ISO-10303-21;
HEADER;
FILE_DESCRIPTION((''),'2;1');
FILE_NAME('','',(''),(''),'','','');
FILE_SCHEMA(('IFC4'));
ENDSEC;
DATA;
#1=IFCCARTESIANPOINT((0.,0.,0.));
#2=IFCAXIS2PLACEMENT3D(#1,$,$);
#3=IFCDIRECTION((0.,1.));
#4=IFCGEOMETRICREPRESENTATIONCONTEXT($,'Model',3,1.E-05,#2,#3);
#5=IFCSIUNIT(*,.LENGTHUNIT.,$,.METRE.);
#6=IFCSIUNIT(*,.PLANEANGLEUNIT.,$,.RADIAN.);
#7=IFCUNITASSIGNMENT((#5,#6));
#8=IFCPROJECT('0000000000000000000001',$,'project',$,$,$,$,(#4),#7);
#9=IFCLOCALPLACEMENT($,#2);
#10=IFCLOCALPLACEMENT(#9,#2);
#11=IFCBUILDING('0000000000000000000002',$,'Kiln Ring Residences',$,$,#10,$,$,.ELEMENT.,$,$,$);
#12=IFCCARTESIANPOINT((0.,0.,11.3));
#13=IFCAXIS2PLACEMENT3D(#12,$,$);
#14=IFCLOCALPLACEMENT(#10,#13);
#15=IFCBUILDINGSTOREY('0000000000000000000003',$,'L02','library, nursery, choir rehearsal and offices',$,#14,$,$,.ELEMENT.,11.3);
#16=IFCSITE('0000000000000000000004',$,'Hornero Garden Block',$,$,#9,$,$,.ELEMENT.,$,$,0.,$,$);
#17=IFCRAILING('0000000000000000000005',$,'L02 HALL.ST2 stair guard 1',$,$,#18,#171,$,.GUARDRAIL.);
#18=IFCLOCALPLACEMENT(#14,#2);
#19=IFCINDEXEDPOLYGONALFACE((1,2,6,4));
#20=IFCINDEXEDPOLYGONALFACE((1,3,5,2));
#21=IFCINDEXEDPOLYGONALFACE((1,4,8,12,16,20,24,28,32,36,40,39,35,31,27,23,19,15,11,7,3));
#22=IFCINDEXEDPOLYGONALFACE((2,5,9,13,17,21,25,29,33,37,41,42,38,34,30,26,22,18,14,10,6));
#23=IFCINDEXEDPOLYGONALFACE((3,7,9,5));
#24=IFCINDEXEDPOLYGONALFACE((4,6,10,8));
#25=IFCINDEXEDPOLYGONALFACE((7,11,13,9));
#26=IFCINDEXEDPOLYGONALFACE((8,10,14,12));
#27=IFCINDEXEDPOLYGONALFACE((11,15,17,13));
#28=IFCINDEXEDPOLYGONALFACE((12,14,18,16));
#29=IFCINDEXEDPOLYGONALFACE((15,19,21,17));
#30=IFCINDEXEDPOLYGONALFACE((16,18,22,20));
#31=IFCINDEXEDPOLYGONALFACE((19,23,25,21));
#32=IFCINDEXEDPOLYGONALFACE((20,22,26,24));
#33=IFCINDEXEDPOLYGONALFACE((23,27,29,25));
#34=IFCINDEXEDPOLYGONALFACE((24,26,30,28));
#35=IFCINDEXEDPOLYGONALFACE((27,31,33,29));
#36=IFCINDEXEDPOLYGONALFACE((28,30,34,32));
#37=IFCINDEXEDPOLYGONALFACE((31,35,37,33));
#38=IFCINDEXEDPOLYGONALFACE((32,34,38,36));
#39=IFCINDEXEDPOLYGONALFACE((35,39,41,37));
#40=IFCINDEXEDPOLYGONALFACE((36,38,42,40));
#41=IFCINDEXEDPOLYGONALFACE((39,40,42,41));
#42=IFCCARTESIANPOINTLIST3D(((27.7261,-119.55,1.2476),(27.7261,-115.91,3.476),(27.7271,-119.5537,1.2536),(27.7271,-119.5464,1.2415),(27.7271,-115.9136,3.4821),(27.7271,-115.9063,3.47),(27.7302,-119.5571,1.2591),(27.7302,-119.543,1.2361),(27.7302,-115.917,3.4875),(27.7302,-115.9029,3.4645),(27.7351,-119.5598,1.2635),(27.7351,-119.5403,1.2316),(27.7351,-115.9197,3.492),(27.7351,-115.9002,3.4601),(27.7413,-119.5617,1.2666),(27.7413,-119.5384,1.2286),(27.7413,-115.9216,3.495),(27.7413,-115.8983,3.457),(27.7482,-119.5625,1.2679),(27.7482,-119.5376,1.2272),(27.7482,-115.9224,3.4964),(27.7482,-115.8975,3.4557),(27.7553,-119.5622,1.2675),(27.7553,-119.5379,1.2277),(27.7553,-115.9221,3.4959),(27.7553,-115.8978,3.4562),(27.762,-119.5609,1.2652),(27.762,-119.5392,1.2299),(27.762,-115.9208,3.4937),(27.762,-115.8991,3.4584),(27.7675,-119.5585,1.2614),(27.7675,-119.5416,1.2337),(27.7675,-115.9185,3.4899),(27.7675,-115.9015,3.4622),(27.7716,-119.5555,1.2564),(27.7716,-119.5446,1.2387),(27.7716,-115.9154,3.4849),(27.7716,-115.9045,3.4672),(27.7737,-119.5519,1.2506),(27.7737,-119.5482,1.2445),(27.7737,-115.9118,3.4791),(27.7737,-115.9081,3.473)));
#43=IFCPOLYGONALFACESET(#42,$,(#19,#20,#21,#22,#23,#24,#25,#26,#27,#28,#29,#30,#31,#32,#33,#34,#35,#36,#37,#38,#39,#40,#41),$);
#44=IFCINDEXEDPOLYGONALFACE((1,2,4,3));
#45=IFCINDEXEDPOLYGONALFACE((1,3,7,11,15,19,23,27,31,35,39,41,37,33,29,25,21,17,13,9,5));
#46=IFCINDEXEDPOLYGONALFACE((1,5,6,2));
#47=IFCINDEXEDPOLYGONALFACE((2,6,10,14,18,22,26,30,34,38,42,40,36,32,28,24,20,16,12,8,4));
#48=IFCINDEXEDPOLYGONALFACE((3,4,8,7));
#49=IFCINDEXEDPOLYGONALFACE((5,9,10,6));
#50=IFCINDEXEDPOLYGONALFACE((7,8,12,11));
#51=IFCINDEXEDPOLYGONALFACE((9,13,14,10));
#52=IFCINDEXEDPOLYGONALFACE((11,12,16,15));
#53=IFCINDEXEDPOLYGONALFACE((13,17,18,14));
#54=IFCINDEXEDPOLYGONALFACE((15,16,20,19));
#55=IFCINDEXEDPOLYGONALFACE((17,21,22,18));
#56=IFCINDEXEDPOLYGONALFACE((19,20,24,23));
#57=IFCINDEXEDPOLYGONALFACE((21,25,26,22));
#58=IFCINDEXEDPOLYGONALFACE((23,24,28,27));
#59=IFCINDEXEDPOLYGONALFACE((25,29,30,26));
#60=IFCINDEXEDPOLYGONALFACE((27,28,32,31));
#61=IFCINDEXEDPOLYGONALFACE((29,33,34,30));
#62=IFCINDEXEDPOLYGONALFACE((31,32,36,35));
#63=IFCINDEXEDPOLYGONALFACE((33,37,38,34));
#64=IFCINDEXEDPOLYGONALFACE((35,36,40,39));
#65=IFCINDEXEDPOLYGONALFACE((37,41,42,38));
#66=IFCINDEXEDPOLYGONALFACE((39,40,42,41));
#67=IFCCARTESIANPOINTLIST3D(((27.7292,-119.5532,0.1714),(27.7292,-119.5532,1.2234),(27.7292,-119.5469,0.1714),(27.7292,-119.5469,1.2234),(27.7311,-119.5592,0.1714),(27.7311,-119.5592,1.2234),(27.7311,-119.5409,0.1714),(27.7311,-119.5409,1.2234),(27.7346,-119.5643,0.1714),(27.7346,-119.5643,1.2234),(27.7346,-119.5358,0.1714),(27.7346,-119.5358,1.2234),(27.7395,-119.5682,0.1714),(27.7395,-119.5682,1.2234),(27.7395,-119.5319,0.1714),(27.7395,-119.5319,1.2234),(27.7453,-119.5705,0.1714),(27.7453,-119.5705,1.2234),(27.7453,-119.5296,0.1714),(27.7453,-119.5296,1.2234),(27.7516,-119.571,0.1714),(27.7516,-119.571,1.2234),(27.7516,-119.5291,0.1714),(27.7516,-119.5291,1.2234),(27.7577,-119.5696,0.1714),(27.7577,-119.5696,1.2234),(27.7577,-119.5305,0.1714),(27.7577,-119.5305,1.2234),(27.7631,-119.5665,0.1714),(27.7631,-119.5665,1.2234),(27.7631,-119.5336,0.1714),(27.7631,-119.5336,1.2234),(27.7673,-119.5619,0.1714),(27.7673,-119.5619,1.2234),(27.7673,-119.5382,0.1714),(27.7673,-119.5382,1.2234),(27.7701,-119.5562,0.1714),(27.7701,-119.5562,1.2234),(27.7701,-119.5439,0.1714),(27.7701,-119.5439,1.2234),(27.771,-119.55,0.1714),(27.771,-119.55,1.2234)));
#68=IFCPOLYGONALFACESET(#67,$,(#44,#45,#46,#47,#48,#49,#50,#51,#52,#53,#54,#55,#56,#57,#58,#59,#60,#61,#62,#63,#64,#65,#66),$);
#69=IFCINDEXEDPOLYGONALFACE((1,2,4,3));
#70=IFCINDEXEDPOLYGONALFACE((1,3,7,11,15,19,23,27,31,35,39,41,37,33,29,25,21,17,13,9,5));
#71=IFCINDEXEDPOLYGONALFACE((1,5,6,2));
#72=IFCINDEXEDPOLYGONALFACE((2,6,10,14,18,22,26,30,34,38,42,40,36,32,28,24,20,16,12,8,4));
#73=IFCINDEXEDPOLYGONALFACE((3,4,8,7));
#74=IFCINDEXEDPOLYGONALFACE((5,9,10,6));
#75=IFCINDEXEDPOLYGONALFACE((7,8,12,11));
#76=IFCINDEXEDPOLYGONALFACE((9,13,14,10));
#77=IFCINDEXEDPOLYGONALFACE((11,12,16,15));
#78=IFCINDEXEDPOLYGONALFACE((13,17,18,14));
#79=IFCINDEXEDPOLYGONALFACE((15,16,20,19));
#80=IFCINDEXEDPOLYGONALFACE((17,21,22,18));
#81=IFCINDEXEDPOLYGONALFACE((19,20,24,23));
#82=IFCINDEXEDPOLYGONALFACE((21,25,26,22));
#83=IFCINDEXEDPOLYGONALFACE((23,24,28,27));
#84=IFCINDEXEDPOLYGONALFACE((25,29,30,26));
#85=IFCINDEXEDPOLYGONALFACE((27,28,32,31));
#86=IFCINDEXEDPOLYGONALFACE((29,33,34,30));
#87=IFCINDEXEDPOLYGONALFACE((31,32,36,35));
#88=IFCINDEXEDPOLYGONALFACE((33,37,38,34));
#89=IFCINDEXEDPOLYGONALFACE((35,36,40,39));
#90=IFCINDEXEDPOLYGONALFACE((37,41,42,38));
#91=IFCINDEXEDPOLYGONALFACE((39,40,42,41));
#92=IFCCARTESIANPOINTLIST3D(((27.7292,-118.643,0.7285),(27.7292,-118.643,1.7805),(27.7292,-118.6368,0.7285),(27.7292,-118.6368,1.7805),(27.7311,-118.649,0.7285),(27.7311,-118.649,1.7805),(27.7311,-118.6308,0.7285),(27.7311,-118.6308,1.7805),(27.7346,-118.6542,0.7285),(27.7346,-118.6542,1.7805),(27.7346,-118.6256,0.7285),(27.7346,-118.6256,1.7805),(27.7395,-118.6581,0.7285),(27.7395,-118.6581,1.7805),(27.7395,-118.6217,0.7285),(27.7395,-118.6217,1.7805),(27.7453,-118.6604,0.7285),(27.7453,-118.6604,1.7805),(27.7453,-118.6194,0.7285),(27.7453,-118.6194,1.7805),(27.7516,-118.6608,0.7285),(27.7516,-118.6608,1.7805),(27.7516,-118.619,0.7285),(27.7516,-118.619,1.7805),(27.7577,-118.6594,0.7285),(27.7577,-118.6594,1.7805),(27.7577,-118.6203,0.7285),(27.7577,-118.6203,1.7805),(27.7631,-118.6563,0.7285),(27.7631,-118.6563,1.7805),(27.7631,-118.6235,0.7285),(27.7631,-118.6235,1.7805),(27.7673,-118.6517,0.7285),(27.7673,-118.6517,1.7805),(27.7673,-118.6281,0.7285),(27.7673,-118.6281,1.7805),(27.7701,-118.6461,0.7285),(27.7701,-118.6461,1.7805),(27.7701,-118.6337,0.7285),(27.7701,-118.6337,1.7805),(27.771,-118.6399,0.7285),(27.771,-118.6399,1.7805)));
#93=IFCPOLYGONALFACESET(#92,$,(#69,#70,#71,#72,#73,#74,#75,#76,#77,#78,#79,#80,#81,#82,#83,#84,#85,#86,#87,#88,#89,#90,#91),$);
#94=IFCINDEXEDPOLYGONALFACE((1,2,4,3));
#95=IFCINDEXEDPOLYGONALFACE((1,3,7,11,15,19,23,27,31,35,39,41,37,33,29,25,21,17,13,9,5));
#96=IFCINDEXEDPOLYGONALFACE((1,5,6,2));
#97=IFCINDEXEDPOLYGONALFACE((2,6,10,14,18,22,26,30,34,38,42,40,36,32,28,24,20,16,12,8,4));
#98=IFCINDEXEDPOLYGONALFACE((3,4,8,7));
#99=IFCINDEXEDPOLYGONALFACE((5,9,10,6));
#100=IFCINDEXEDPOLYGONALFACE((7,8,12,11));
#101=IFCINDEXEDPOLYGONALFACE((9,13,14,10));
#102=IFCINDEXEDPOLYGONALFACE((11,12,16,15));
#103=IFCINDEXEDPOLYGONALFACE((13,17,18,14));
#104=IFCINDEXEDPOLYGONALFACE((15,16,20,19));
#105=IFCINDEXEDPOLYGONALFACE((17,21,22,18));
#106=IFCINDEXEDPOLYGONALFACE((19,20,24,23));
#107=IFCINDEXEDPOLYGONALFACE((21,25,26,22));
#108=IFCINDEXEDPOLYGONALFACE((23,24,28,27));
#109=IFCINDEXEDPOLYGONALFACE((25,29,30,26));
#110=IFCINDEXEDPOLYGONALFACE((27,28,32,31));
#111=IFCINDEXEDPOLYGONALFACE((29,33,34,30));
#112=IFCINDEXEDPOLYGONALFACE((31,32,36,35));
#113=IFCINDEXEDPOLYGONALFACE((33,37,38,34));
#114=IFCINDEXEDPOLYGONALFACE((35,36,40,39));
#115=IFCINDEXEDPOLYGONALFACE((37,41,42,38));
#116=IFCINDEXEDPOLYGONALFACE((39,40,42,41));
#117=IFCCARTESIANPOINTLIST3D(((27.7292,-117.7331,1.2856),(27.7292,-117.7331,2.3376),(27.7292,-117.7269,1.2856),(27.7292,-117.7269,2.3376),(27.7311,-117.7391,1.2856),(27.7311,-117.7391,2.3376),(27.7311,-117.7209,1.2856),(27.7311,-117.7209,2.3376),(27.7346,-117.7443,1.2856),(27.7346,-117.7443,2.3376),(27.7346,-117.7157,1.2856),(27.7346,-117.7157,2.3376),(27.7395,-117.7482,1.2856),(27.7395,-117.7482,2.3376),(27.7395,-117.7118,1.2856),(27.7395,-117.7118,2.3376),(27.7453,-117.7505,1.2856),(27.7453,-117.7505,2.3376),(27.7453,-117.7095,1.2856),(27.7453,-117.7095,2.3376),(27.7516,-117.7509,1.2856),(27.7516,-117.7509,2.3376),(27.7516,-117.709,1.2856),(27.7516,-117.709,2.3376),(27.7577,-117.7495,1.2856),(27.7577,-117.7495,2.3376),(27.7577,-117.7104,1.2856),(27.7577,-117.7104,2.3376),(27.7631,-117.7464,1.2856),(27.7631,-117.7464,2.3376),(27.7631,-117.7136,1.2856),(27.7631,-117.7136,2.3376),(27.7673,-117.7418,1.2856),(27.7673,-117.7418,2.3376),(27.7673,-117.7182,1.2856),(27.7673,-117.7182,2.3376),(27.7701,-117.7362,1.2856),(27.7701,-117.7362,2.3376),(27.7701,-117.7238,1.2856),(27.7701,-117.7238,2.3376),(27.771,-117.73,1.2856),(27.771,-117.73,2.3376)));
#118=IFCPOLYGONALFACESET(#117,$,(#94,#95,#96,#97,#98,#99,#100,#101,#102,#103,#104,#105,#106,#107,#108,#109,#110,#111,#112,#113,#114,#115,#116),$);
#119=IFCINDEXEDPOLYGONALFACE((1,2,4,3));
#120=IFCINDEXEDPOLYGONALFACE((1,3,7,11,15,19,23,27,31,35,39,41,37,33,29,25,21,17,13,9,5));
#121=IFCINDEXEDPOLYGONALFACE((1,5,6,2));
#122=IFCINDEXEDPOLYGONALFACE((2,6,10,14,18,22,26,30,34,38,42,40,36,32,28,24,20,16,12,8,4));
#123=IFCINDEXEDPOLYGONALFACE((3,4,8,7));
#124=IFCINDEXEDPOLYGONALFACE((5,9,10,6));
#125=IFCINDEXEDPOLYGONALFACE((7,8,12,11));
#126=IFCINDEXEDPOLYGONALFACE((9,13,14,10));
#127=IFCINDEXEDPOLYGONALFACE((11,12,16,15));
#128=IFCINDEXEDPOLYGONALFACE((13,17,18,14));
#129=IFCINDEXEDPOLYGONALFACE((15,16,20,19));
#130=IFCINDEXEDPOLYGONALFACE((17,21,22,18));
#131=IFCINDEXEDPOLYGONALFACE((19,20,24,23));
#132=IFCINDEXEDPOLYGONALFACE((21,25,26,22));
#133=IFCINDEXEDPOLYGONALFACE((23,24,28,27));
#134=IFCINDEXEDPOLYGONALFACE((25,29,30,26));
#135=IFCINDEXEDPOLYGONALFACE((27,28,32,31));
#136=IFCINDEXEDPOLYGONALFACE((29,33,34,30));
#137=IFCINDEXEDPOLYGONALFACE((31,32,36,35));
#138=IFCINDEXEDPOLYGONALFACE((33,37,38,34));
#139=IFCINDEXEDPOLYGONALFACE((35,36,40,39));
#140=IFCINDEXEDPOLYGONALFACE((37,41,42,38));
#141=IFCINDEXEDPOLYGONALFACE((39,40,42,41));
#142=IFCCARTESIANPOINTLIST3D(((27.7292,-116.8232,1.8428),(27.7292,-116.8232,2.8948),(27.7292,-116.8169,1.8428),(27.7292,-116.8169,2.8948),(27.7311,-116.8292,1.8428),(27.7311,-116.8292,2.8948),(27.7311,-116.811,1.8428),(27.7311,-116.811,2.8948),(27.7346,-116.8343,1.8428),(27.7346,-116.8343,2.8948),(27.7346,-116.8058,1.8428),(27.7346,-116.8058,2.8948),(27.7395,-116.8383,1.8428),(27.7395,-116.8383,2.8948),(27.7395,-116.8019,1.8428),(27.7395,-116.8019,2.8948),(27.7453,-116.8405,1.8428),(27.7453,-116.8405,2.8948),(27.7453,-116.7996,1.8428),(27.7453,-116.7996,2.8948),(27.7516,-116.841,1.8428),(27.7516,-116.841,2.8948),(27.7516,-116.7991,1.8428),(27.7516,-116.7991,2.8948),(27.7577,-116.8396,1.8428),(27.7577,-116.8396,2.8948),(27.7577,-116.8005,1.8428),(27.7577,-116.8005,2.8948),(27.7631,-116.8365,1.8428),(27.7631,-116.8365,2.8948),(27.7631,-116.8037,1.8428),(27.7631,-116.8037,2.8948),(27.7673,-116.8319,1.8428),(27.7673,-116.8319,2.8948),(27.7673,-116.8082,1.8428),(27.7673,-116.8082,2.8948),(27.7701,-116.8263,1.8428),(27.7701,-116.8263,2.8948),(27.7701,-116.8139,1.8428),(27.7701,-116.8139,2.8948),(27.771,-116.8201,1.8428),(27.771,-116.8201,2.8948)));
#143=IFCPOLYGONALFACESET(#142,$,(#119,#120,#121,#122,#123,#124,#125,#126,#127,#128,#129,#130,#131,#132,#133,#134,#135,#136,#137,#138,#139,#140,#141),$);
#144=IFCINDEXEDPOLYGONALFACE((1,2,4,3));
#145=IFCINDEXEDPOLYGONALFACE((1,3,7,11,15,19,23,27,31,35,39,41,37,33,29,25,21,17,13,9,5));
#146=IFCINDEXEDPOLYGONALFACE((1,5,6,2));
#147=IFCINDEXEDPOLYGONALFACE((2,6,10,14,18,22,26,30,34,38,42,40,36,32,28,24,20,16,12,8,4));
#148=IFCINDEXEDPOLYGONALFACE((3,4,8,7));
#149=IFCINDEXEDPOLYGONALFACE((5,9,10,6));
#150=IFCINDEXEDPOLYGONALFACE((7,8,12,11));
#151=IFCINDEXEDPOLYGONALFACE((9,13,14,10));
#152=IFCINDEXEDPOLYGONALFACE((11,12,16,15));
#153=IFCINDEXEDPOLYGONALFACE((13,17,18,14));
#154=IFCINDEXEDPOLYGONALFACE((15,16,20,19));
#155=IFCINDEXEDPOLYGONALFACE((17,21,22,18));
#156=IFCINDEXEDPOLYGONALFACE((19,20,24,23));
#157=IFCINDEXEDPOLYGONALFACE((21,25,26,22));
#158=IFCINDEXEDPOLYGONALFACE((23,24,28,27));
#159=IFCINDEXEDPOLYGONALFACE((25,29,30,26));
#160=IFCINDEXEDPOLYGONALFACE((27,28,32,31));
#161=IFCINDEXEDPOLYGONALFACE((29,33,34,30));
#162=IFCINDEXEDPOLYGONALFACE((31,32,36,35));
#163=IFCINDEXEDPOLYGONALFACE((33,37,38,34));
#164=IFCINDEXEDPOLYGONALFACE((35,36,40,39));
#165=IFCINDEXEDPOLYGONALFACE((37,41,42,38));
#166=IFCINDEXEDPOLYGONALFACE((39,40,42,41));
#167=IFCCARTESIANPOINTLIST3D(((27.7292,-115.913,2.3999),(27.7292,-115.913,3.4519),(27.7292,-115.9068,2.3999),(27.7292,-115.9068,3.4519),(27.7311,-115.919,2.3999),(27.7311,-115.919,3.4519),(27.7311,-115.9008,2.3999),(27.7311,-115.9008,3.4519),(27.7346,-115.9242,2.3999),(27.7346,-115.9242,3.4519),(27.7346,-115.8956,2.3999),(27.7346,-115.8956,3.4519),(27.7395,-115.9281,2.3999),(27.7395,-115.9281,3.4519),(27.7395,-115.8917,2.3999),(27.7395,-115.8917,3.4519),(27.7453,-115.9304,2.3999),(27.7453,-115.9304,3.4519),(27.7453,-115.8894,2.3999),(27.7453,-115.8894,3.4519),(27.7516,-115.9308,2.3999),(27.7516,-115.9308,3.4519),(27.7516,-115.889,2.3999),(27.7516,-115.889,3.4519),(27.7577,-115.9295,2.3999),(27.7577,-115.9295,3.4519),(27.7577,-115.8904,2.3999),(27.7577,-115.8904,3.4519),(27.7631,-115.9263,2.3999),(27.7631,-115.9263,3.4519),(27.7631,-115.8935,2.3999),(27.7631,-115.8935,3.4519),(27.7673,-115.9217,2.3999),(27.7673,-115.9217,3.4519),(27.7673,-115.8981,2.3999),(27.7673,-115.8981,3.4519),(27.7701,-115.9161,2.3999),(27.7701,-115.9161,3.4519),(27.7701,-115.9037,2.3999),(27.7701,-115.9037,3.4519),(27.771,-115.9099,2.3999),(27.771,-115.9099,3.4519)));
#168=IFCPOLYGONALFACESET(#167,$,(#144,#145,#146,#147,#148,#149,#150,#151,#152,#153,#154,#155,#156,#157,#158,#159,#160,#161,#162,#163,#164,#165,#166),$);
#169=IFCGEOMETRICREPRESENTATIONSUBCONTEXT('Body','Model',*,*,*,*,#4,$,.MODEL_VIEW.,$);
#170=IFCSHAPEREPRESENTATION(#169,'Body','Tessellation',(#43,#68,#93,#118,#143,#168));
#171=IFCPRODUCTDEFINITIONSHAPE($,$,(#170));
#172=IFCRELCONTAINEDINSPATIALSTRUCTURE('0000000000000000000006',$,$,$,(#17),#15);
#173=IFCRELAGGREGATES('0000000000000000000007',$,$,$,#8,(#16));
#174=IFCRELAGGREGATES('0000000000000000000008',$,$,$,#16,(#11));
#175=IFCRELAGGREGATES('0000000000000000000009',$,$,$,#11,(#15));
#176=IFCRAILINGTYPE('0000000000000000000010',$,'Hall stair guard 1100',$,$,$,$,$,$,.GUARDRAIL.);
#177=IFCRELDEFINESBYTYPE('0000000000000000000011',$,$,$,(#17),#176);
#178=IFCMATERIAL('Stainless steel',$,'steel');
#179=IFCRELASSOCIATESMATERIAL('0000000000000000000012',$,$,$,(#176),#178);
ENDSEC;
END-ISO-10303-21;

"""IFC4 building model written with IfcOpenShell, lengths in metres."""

from ifc_helpers import new_model, si_unit, direction, frame, origin, origin_2d, place, context, subcontext, project, spatial, circle, extrude, material, type_object, element, save


model = new_model("IFC4")

# Units and contexts
model_context = context("Model", 3, precision=1e-05, world=origin(), true_north=direction((0.0, 1.0)))
body_context = subcontext(model_context, "Body", "Model", "MODEL_VIEW")
ifc_project = project(units=[si_unit("LENGTHUNIT", "METRE"), si_unit("PLANEANGLEUNIT", "RADIAN")], contexts=[model_context])

# Site, building, storey
site_placement = place(None, origin())
site = spatial("IfcSite", under=ifc_project, at=site_placement, Name="Hornero Garden Block", CompositionType="ELEMENT", RefElevation=0.0)
building_placement = place(site_placement, origin())
building = spatial("IfcBuilding", under=site, at=building_placement, Name="Kiln Ring Residences", CompositionType="ELEMENT")
storey_placement = place(building_placement, frame((0.0, 0.0, 11.3)))
storey = spatial("IfcBuildingStorey", under=building, at=storey_placement, Name="L02", Description="library, nursery, choir rehearsal and offices", CompositionType="ELEMENT", Elevation=11.3)

# Railing
ifc_material_1 = material(Name="Stainless steel", Category="steel")
railing_type_1 = type_object("IfcRailingType", Name="Hall stair guard 1100", PredefinedType="GUARDRAIL", material=ifc_material_1)
railing_1_placement = place(storey_placement, frame((27.75, -119.55, 0.1714)))
element("IfcRailing", 1, at=railing_1_placement, inside=storey, type_object=railing_type_1, Name="L02 HALL.ST2 stair guard 1", PredefinedType="GUARDRAIL", context=body_context, shape_type="SweptSolid", body=[
    extrude(circle(Radius=0.0239, at=origin_2d()), frame((0.0, 0.0, 1.0762), z_axis=(0.0, 0.852866, 0.52213), x_axis=(-1.0, 0.0, 0.0)), (0.0, 0.0, 1.0), 4.2681),
    extrude(circle(Radius=0.021, at=origin_2d()), origin(), (0.0, 0.0, 1.0), 1.052),
    extrude(circle(Radius=0.021, at=origin_2d()), frame((0.0, 0.9102, 0.5571)), (0.0, 0.0, 1.0), 1.052),
    extrude(circle(Radius=0.021, at=origin_2d()), frame((0.0, 1.8201, 1.1143)), (0.0, 0.0, 1.0), 1.052),
    extrude(circle(Radius=0.021, at=origin_2d()), frame((0.0, 2.73, 1.6714)), (0.0, 0.0, 1.0), 1.052),
    extrude(circle(Radius=0.021, at=origin_2d()), frame((0.0, 3.6401, 2.2285)), (0.0, 0.0, 1.0), 1.052),
])

save(model, "model.ifc")
